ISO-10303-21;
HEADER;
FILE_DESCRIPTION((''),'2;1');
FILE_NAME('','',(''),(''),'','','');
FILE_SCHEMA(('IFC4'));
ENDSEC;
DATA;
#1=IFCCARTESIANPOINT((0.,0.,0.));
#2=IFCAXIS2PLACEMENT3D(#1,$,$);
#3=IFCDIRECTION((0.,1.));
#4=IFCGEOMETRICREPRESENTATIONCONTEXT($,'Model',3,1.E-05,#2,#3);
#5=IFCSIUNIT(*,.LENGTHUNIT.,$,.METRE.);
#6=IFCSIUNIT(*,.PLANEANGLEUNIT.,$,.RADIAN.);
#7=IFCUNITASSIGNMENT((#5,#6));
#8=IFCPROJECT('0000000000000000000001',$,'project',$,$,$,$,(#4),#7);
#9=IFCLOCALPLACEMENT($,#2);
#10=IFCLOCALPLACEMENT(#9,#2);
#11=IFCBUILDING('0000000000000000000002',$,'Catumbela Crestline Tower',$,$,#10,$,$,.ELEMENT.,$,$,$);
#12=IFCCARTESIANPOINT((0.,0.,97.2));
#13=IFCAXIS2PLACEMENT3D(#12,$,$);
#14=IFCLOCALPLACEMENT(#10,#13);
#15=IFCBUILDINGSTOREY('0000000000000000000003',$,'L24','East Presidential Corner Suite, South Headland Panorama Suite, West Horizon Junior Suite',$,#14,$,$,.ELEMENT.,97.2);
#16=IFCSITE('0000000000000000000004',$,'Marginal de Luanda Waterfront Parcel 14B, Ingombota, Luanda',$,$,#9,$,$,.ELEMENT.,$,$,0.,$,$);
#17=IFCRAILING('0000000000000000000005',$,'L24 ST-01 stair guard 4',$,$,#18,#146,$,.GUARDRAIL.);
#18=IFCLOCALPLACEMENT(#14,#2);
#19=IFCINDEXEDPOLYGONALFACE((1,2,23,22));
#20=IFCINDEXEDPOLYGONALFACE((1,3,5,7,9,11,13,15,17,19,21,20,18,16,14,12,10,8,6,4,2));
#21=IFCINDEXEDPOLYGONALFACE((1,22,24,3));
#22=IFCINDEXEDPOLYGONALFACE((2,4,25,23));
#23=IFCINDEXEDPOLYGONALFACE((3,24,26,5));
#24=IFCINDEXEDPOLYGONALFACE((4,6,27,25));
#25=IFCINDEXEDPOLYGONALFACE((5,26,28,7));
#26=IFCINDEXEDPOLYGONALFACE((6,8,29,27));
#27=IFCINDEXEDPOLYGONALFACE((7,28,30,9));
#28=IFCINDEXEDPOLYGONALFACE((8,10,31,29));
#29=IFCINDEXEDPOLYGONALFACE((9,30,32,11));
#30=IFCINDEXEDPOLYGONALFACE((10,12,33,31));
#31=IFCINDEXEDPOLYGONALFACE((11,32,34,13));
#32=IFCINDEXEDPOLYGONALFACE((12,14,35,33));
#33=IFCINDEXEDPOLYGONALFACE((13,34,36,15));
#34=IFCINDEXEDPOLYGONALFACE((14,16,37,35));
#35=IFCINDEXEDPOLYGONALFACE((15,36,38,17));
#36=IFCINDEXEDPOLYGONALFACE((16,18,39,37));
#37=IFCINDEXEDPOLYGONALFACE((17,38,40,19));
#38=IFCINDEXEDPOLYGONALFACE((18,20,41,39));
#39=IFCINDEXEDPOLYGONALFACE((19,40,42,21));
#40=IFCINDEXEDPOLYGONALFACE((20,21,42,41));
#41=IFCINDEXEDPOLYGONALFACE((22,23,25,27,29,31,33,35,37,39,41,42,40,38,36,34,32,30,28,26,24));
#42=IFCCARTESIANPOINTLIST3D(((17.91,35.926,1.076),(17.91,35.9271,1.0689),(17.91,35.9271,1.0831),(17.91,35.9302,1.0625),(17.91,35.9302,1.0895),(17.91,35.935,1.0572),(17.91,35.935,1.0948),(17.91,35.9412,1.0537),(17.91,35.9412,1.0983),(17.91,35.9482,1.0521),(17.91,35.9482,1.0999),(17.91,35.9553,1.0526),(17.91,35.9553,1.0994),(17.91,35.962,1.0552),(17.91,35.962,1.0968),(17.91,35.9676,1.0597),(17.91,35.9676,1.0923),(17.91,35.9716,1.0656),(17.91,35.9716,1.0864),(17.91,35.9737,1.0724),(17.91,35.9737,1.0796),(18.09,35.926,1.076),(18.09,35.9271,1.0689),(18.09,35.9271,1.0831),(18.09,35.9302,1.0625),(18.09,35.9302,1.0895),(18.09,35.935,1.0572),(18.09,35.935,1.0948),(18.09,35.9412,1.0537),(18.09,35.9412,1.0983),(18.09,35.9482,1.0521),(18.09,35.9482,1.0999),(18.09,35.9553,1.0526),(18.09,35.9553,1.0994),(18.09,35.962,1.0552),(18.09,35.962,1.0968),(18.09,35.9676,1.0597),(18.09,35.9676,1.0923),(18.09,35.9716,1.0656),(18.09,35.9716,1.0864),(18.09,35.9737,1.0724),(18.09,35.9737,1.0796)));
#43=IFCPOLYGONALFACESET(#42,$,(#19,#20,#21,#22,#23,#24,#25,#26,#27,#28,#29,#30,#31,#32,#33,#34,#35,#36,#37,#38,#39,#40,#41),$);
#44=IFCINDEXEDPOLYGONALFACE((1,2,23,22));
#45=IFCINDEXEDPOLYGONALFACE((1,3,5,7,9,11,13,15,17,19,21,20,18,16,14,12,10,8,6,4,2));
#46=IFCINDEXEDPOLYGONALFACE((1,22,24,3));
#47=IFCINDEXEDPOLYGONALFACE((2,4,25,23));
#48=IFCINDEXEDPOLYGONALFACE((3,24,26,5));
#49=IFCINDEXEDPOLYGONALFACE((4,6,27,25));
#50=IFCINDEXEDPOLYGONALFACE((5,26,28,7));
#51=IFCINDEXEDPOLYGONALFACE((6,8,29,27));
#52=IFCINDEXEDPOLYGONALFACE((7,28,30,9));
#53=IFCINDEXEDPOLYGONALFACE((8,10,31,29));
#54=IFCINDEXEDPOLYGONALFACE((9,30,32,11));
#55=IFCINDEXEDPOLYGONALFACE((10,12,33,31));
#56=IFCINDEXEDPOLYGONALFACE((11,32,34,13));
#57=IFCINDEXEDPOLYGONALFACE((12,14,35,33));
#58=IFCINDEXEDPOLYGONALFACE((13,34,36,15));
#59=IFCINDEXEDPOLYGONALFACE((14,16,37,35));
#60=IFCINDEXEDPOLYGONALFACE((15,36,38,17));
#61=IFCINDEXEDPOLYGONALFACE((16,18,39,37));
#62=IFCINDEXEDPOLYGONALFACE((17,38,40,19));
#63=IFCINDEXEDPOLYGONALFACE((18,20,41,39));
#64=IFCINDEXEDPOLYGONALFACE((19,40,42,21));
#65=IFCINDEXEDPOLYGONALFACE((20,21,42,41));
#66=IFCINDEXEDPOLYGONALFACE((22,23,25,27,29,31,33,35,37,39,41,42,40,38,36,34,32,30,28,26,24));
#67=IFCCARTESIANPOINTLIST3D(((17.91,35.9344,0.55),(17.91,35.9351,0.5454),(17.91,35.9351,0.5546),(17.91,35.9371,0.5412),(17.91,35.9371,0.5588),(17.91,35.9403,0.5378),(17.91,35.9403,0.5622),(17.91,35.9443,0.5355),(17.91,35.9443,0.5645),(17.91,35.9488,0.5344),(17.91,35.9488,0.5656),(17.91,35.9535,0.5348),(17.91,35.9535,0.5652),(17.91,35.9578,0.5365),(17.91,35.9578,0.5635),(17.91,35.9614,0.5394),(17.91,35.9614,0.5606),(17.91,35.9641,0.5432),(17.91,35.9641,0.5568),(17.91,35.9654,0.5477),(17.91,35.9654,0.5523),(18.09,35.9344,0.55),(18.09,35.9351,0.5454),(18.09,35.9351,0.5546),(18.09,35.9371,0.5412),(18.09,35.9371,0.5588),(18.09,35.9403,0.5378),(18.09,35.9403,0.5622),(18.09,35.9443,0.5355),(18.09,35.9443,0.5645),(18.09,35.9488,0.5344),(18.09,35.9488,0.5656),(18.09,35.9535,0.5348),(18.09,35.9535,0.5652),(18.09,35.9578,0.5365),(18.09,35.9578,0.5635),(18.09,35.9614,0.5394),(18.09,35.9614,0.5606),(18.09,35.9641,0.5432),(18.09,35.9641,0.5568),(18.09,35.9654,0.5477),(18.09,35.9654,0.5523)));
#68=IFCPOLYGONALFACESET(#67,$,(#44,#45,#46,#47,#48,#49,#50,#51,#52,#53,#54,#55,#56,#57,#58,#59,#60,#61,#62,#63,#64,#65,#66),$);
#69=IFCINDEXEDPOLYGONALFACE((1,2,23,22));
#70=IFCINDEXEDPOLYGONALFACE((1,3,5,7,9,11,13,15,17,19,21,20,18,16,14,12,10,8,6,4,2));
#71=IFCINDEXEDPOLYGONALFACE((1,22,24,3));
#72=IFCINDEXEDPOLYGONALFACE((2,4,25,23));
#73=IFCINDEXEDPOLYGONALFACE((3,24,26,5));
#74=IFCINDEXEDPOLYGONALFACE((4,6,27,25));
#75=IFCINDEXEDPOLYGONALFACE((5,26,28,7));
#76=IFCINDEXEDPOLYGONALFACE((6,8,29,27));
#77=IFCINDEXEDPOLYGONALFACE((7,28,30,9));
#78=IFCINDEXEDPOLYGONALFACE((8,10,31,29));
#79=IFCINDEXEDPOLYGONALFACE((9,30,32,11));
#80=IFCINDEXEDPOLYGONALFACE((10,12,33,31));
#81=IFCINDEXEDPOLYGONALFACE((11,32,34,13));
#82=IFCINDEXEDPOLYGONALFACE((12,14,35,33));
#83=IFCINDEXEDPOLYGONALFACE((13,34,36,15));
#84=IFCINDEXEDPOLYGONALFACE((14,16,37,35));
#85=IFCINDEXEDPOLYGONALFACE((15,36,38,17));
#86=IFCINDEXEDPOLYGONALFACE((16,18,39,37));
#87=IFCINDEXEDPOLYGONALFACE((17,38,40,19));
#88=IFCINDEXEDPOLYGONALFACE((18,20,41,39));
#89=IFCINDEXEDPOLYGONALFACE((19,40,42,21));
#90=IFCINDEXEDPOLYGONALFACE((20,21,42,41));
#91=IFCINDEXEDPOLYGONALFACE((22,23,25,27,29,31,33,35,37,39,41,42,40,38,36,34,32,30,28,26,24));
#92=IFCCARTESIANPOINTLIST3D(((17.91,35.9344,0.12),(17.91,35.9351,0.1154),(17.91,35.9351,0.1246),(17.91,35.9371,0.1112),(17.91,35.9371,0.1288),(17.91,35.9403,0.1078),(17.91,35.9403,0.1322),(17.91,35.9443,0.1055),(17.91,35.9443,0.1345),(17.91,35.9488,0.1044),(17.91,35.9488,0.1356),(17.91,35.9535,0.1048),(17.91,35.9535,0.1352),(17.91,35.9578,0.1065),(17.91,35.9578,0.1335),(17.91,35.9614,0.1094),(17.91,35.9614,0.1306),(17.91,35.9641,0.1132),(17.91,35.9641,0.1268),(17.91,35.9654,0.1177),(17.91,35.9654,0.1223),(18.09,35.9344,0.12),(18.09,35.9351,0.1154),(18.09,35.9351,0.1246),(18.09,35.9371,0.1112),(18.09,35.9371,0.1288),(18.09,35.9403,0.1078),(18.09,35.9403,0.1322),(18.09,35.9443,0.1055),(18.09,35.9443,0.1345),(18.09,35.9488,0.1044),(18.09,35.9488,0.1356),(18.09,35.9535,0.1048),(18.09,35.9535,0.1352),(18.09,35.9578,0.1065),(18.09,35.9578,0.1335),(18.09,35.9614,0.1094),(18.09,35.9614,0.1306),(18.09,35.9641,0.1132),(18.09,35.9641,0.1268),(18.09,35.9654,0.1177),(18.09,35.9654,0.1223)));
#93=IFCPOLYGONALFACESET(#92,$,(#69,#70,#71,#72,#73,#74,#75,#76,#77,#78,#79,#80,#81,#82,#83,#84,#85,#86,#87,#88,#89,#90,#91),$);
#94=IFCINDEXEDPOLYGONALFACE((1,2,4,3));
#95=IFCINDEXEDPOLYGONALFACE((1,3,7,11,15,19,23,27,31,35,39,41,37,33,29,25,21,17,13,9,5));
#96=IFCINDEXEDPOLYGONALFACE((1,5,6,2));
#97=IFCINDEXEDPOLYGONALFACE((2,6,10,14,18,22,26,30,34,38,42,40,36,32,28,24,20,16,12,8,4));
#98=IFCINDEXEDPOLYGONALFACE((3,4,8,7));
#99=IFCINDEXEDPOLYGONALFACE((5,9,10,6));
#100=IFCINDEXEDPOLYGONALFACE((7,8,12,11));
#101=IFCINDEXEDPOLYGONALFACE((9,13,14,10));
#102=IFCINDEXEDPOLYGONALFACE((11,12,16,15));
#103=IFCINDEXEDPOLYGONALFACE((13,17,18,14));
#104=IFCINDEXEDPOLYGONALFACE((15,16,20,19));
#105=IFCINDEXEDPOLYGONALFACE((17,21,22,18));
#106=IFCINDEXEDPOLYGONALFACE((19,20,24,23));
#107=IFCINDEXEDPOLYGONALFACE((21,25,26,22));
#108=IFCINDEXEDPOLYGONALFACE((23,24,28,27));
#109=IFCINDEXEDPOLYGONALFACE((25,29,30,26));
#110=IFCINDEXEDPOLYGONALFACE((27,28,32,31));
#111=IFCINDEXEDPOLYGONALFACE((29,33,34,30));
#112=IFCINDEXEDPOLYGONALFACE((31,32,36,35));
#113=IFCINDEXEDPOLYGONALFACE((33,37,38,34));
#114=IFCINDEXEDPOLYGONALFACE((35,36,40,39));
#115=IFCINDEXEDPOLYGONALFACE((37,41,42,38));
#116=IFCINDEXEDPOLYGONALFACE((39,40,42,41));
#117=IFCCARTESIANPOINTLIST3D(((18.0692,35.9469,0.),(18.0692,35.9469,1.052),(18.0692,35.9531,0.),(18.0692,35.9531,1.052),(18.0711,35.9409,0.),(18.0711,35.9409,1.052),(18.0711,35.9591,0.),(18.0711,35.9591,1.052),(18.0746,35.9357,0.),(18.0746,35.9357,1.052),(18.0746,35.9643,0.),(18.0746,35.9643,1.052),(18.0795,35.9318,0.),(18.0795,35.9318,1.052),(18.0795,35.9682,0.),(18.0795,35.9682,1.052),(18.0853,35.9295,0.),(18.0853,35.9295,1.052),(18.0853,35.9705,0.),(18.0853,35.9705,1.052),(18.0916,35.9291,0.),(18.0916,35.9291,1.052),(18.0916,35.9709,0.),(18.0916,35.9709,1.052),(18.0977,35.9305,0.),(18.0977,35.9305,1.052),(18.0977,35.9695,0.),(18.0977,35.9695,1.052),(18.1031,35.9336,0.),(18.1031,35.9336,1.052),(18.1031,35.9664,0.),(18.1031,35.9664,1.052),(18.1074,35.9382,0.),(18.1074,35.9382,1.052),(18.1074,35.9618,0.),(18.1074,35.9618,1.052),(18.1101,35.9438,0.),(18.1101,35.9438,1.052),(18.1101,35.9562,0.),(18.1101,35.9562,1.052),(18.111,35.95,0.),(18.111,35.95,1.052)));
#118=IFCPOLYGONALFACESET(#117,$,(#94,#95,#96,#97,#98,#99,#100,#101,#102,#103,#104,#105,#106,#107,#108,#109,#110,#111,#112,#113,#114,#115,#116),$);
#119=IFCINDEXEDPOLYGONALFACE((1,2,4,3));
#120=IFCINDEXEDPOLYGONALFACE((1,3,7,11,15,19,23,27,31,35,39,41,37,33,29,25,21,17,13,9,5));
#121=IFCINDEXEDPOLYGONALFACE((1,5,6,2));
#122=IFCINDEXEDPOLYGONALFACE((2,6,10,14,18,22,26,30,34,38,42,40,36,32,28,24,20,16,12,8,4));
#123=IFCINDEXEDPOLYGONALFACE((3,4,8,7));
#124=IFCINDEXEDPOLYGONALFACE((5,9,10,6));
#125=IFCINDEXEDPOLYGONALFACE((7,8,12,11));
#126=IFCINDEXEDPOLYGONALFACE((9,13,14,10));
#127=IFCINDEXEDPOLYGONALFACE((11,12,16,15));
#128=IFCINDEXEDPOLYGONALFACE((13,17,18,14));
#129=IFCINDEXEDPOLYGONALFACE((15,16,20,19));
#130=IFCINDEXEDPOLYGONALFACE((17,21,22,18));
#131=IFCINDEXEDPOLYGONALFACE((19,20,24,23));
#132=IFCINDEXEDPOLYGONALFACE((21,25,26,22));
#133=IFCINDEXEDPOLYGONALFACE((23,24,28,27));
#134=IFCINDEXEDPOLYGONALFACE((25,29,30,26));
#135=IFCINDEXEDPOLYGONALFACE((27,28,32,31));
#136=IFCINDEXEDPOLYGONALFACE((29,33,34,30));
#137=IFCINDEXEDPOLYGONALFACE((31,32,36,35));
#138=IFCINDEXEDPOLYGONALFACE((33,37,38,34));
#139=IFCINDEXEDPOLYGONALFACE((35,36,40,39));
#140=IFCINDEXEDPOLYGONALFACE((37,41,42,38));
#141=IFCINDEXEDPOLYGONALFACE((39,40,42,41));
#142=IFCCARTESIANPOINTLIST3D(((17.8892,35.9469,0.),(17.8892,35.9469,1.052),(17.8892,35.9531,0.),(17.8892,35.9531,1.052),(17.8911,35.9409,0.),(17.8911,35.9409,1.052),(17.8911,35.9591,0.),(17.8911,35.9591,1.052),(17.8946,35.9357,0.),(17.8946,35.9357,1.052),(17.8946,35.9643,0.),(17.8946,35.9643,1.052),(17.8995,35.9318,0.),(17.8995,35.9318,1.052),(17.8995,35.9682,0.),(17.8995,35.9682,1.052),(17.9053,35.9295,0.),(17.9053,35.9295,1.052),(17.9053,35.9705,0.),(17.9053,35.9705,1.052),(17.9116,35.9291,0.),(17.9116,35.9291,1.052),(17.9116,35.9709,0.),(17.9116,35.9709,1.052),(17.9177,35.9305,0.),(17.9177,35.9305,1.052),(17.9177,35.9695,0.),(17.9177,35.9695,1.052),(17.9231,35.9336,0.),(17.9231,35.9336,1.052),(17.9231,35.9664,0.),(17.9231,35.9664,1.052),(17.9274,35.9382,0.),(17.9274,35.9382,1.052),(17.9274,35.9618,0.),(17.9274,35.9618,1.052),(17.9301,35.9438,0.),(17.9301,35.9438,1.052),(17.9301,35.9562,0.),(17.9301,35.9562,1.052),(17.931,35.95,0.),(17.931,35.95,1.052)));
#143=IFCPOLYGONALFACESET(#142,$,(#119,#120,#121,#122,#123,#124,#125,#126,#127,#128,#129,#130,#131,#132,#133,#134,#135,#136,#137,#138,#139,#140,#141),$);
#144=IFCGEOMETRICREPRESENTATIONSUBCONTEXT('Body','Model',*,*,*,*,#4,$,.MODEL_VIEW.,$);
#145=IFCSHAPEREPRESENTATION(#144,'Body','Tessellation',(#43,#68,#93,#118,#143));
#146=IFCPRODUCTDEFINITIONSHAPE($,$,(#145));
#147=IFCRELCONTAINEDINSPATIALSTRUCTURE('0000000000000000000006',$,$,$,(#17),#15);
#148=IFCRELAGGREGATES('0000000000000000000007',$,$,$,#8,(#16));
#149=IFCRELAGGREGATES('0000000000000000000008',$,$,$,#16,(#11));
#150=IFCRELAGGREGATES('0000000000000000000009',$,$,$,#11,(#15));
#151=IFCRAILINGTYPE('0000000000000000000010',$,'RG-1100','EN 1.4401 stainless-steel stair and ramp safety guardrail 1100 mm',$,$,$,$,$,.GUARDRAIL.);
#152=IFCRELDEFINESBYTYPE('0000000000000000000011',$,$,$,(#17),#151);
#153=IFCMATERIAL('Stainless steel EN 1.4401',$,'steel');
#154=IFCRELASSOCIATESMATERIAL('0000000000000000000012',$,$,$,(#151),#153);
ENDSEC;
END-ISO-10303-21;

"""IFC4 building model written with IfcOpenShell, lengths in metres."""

from ifc_helpers import new_model, si_unit, direction, frame, origin, origin_2d, place, context, subcontext, project, spatial, circle, extrude, material, type_object, element, save


model = new_model("IFC4")

# Units and contexts
model_context = context("Model", 3, precision=1e-05, world=origin(), true_north=direction((0.0, 1.0)))
body_context = subcontext(model_context, "Body", "Model", "MODEL_VIEW")
ifc_project = project(units=[si_unit("LENGTHUNIT", "METRE"), si_unit("PLANEANGLEUNIT", "RADIAN")], contexts=[model_context])

# Site, building, storey
site_placement = place(None, origin())
site = spatial("IfcSite", under=ifc_project, at=site_placement, Name="Marginal de Luanda Waterfront Parcel 14B, Ingombota, Luanda", CompositionType="ELEMENT", RefElevation=0.0)
building_placement = place(site_placement, origin())
building = spatial("IfcBuilding", under=site, at=building_placement, Name="Catumbela Crestline Tower", CompositionType="ELEMENT")
storey_placement = place(building_placement, frame((0.0, 0.0, 97.2)))
storey = spatial("IfcBuildingStorey", under=building, at=storey_placement, Name="L24", Description="East Presidential Corner Suite, South Headland Panorama Suite, West Horizon Junior Suite", CompositionType="ELEMENT", Elevation=97.2)

# Railing
ifc_material_1 = material(Name="Stainless steel EN 1.4401", Category="steel")
railing_type_1 = type_object("IfcRailingType", Name="RG-1100", Description="EN 1.4401 stainless-steel stair and ramp safety guardrail 1100 mm", PredefinedType="GUARDRAIL", material=ifc_material_1)
railing_1_placement = place(storey_placement, frame((18.09, 35.95, 0.0)))
element("IfcRailing", 1, at=railing_1_placement, inside=storey, type_object=railing_type_1, Name="L24 ST-01 stair guard 4", PredefinedType="GUARDRAIL", context=body_context, shape_type="SweptSolid", body=[
    extrude(circle(Radius=0.024, at=origin_2d()), frame((0.0, 0.0, 1.076), z_axis=(-1.0, 0.0, 0.0), x_axis=(0.0, -1.0, 0.0)), (0.0, 0.0, 1.0), 0.18),
    extrude(circle(Radius=0.0156, at=origin_2d()), frame((0.0, 0.0, 0.55), z_axis=(-1.0, 0.0, 0.0), x_axis=(0.0, -1.0, 0.0)), (0.0, 0.0, 1.0), 0.18),
    extrude(circle(Radius=0.0156, at=origin_2d()), frame((0.0, 0.0, 0.12), z_axis=(-1.0, 0.0, 0.0), x_axis=(0.0, -1.0, 0.0)), (0.0, 0.0, 1.0), 0.18),
    extrude(circle(Radius=0.021, at=origin_2d()), origin(), (0.0, 0.0, 1.0), 1.052),
    extrude(circle(Radius=0.021, at=origin_2d()), frame((-0.18, 0.0, 0.0)), (0.0, 0.0, 1.0), 1.052),
])

save(model, "model.ifc")
